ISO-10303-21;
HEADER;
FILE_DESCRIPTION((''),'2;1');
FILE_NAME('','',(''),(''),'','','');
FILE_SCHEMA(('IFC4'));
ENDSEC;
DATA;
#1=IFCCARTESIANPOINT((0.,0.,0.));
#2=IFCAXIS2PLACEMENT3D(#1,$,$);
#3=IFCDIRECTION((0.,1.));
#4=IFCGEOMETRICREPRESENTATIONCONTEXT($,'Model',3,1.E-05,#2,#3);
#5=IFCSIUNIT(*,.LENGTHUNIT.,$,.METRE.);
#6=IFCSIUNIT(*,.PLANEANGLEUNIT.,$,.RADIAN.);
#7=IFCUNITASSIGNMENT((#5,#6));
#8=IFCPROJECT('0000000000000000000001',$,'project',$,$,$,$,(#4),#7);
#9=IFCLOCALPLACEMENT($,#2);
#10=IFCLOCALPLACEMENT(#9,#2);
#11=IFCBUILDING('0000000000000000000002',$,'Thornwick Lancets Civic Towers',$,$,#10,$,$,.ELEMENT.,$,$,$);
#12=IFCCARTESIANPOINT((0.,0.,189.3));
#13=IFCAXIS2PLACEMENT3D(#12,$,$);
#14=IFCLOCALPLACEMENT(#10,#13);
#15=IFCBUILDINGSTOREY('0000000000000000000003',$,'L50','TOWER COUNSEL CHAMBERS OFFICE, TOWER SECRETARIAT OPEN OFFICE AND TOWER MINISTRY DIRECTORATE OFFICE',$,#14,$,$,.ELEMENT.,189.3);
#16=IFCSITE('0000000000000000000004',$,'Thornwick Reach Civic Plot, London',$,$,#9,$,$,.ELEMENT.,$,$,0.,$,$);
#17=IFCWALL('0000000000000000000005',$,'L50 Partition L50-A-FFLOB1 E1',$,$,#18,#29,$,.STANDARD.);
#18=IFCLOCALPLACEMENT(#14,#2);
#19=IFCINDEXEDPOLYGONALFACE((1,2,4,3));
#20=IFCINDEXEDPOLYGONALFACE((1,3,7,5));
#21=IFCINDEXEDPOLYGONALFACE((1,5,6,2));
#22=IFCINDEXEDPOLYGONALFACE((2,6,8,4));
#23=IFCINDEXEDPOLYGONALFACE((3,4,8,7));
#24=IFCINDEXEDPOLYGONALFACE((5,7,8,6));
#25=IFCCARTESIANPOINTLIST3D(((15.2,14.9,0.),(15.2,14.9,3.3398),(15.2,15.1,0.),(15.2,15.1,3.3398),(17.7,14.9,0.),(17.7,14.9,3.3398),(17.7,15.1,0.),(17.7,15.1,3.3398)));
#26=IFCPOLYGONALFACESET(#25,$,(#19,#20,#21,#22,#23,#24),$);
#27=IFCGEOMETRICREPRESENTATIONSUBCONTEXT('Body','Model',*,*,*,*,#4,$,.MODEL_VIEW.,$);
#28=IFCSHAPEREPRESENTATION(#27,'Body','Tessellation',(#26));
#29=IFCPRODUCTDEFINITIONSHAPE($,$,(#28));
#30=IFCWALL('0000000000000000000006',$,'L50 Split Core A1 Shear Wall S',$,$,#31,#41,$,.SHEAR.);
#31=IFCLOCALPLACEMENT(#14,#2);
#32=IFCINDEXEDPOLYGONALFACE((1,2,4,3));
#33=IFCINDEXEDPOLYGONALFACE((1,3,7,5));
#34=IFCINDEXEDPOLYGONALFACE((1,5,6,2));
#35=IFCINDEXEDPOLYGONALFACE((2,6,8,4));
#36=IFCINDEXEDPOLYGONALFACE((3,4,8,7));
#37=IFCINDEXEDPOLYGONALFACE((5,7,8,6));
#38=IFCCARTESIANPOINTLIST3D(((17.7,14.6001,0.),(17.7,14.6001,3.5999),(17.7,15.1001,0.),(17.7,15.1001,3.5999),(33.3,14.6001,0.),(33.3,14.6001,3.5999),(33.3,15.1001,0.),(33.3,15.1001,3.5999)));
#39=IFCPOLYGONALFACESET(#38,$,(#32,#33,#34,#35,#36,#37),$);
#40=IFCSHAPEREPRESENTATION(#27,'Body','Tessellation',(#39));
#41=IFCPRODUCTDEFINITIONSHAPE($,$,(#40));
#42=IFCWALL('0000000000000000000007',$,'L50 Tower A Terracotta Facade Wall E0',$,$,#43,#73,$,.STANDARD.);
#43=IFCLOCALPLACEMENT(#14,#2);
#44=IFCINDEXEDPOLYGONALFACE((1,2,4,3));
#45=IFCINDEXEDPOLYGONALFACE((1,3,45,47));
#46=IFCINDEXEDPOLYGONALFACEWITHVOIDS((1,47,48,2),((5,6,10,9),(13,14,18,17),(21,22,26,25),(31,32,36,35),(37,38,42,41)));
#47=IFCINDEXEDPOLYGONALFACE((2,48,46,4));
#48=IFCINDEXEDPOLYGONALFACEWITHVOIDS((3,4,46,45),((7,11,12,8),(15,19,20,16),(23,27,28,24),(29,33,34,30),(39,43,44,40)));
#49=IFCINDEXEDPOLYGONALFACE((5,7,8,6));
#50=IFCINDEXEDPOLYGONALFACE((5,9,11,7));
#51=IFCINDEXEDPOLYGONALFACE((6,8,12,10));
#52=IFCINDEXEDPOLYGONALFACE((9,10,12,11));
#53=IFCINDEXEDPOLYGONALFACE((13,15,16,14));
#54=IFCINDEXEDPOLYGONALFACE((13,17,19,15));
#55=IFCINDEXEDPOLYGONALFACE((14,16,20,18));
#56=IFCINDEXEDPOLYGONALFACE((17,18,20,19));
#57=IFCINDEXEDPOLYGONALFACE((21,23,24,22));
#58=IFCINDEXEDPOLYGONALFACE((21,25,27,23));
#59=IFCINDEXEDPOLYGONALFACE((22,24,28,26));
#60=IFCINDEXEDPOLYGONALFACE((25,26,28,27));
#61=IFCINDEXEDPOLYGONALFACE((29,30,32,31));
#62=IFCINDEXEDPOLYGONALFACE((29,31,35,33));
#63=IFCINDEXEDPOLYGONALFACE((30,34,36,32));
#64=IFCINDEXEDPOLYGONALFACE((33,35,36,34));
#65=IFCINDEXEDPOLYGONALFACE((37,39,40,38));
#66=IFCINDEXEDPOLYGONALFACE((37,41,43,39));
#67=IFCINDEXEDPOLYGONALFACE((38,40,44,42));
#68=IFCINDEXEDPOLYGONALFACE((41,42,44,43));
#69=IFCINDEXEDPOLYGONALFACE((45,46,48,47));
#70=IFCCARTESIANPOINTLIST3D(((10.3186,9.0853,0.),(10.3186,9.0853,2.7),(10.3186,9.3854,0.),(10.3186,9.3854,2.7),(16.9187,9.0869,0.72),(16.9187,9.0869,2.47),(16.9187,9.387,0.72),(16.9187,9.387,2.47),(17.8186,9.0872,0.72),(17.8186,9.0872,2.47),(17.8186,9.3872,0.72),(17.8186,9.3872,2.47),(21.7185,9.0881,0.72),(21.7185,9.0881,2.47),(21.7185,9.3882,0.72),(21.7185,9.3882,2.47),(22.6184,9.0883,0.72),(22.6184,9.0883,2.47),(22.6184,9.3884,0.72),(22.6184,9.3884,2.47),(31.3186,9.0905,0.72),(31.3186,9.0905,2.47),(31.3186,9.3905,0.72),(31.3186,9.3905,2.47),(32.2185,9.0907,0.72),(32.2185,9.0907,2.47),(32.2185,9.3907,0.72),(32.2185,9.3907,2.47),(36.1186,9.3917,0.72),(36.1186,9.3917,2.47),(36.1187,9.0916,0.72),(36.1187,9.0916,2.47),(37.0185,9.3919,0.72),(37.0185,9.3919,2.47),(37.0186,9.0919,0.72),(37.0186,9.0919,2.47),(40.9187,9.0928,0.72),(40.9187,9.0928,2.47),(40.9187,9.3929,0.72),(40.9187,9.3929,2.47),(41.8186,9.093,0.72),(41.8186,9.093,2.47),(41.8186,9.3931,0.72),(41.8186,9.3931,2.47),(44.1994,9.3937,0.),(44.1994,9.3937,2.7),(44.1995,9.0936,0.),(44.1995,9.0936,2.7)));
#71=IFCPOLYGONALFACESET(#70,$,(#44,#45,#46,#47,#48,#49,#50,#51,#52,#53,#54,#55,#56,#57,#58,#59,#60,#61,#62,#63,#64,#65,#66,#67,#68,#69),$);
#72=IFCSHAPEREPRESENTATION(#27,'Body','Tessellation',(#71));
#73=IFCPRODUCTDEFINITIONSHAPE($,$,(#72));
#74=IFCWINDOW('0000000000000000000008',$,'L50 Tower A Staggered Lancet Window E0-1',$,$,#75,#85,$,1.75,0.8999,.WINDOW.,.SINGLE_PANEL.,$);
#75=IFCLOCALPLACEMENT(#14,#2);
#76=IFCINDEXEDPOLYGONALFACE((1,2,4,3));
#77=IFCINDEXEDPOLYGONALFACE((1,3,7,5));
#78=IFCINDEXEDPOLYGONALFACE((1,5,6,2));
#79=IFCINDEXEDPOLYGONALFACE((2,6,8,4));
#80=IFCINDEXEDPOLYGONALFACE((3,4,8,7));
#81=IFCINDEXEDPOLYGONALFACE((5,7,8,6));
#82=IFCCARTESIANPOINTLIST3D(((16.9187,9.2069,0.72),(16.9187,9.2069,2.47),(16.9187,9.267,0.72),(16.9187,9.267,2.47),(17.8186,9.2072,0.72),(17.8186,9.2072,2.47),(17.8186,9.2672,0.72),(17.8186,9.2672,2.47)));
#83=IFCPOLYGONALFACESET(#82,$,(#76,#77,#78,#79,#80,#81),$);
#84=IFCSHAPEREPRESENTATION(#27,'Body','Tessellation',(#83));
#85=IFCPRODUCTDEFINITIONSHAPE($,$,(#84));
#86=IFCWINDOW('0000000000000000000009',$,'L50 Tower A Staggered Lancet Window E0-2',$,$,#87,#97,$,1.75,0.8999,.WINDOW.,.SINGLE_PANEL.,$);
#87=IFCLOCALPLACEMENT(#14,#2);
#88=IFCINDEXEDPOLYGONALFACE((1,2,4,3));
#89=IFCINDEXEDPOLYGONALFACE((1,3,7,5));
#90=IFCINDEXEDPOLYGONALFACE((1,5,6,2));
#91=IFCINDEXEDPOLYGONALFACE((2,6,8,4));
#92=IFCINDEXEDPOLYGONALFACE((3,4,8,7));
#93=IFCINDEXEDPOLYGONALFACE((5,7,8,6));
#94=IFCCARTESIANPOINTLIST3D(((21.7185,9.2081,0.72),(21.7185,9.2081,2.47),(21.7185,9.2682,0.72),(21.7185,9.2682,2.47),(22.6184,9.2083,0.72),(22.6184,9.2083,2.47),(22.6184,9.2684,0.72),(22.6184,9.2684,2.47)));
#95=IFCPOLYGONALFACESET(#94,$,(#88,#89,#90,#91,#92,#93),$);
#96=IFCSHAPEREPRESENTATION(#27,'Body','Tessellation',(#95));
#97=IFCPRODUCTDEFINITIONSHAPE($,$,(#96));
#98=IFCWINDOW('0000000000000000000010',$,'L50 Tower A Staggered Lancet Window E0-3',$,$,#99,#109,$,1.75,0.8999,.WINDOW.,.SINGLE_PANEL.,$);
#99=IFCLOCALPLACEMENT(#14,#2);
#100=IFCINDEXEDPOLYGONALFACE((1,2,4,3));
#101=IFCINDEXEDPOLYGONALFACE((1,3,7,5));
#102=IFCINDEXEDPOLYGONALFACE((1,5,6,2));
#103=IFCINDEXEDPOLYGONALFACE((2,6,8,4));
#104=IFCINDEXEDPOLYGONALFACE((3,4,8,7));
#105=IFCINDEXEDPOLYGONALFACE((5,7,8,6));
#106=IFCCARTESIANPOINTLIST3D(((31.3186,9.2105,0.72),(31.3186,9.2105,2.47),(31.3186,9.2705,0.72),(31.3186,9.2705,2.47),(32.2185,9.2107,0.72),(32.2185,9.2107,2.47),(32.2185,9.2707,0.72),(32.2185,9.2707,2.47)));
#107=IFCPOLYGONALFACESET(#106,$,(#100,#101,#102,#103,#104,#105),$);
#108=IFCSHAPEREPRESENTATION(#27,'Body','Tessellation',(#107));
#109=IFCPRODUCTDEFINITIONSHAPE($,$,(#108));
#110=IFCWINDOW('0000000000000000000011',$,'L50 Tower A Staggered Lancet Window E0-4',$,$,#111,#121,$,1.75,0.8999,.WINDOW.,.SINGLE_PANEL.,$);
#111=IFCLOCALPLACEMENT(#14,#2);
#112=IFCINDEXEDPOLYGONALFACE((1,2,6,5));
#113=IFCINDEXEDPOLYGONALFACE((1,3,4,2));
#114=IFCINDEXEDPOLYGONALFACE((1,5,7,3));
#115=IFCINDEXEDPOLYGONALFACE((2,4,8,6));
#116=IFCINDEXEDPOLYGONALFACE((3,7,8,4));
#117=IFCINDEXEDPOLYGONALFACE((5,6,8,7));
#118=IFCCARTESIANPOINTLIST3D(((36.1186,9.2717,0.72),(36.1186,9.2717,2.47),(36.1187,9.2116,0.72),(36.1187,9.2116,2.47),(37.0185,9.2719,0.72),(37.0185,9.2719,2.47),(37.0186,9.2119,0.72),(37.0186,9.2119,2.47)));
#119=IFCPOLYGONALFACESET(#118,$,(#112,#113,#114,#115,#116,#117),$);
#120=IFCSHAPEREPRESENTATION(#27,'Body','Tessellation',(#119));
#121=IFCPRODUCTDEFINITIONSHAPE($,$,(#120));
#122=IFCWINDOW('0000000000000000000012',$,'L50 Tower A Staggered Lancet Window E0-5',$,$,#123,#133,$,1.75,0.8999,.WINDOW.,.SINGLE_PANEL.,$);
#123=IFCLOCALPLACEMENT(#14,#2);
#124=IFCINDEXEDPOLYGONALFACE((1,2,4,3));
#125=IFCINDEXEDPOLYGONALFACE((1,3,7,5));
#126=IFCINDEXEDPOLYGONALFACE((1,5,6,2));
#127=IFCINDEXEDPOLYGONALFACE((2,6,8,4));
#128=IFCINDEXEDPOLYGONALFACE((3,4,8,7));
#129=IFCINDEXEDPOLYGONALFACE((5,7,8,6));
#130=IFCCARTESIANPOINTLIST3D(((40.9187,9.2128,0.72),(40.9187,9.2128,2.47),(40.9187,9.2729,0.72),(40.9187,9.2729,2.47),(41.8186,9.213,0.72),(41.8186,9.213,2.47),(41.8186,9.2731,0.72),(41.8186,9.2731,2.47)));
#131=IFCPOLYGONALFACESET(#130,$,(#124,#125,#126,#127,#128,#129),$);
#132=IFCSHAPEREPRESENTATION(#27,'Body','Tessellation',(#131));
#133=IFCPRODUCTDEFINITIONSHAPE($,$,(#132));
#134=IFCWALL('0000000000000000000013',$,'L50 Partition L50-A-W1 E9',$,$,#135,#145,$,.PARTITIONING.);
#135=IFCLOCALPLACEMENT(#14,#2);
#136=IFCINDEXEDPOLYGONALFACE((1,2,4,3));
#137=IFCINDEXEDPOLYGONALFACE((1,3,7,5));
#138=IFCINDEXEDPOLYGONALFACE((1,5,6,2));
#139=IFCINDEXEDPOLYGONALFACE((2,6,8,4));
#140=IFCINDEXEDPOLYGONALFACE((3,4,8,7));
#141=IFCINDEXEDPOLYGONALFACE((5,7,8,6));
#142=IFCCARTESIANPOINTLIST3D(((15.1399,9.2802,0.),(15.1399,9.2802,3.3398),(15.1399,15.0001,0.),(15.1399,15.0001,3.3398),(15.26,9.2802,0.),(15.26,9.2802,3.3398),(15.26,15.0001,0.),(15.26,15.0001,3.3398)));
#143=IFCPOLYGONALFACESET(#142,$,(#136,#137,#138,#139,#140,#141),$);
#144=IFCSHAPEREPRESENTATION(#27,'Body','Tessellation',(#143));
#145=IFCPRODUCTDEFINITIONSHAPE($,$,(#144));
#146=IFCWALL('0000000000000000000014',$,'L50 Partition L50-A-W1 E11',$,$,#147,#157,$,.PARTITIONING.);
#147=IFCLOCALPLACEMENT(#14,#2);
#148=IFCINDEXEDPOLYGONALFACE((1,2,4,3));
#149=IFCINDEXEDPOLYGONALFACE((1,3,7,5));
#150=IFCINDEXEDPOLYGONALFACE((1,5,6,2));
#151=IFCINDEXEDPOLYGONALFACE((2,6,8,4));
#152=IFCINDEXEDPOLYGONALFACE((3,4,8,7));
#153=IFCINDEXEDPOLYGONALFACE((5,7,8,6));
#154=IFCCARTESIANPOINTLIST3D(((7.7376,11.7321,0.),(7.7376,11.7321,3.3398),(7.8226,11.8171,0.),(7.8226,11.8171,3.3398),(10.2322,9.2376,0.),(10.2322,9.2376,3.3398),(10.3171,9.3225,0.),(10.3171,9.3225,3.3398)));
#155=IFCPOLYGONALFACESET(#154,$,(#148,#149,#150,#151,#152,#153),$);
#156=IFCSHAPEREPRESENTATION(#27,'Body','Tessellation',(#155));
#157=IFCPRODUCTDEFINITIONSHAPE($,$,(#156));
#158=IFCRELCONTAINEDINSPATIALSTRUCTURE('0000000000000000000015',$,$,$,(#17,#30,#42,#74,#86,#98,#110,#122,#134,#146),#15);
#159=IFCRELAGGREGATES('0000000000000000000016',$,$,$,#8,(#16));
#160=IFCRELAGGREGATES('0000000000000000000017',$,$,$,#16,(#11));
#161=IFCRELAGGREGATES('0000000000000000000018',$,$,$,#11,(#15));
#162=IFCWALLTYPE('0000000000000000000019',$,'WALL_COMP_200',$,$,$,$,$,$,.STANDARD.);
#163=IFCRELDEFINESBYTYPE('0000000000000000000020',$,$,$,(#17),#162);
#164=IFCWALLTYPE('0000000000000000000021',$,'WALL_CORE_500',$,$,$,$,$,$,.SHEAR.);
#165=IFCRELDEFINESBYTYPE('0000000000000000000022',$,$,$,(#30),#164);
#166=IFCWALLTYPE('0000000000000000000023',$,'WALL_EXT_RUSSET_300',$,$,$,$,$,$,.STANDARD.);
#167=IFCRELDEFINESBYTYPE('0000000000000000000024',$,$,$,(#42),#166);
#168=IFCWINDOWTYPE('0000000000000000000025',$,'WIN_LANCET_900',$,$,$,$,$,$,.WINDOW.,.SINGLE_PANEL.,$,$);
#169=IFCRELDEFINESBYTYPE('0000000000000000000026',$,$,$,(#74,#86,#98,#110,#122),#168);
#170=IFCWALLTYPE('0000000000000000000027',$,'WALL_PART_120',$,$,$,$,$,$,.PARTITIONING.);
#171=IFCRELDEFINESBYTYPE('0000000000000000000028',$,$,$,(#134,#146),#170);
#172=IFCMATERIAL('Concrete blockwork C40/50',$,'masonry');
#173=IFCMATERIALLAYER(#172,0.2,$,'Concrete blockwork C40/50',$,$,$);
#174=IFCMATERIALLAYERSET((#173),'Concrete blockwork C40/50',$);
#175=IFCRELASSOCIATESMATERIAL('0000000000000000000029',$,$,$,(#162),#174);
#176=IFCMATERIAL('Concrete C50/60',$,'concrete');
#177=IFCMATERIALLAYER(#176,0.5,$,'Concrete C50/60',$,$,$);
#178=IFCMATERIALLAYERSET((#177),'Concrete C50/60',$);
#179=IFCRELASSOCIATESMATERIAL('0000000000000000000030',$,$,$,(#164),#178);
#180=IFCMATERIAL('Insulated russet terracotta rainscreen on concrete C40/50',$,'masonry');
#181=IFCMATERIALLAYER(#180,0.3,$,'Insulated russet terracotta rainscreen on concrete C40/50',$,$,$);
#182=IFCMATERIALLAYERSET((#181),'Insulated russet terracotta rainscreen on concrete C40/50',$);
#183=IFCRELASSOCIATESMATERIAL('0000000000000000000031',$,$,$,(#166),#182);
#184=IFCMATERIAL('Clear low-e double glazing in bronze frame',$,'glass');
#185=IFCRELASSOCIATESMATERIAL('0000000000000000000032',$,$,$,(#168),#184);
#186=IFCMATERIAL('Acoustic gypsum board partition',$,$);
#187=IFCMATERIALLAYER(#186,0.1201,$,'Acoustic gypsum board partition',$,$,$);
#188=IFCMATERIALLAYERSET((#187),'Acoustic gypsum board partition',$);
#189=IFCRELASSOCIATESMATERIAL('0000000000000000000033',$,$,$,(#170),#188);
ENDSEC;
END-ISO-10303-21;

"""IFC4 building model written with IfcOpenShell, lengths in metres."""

from ifc_helpers import new_model, si_unit, direction, frame, frame_2d, origin, place, context, subcontext, project, spatial, rectangle, extrude, material, layer, layer_set, type_object, element, fill, save


model = new_model("IFC4")

# Units and contexts
model_context = context("Model", 3, precision=1e-05, world=origin(), true_north=direction((0.0, 1.0)))
body_context = subcontext(model_context, "Body", "Model", "MODEL_VIEW")
ifc_project = project(units=[si_unit("LENGTHUNIT", "METRE"), si_unit("PLANEANGLEUNIT", "RADIAN")], contexts=[model_context])

# Site, building, storey
site_placement = place(None, origin())
site = spatial("IfcSite", under=ifc_project, at=site_placement, Name="Thornwick Reach Civic Plot, London", CompositionType="ELEMENT", RefElevation=0.0)
building_placement = place(site_placement, origin())
building = spatial("IfcBuilding", under=site, at=building_placement, Name="Thornwick Lancets Civic Towers", CompositionType="ELEMENT")
storey_placement = place(building_placement, frame((0.0, 0.0, 189.3)))
storey = spatial("IfcBuildingStorey", under=building, at=storey_placement, Name="L50", Description="TOWER COUNSEL CHAMBERS OFFICE, TOWER SECRETARIAT OPEN OFFICE AND TOWER MINISTRY DIRECTORATE OFFICE", CompositionType="ELEMENT", Elevation=189.3)

# Shared definitions
ifc_material_1 = material(Name="Concrete C50/60", Category="concrete")

# Walls
ifc_material_2 = material(Name="Concrete blockwork C40/50", Category="masonry")
ifc_layer_1 = layer(ifc_material_2, 0.2, Name="Concrete blockwork C40/50")
ifc_layer_set_1 = layer_set([ifc_layer_1], Name="Concrete blockwork C40/50")
wall_type_1 = type_object("IfcWallType", Name="WALL_COMP_200", PredefinedType="STANDARD", material=ifc_layer_set_1)
wall_1_placement = place(storey_placement, frame((15.2, 15.0, 0.0), z_axis=(0.0, 0.0, 1.0), x_axis=(1.0, 0.0, 0.0)))
element("IfcWall", 1, at=wall_1_placement, inside=storey, type_object=wall_type_1, Name="L50 Partition L50-A-FFLOB1 E1", PredefinedType="STANDARD", context=body_context, shape_type="SweptSolid", body=[
    extrude(rectangle(XDim=2.5, YDim=0.2, at=frame_2d((1.25, 0.0))), origin(), (0.0, 0.0, 1.0), 3.3398),
])
ifc_layer_2 = layer(ifc_material_1, 0.5, Name="Concrete C50/60")
ifc_layer_set_2 = layer_set([ifc_layer_2], Name="Concrete C50/60")
wall_type_2 = type_object("IfcWallType", Name="WALL_CORE_500", PredefinedType="SHEAR", material=ifc_layer_set_2)
wall_2_placement = place(storey_placement, frame((17.7, 14.8501, 0.0), z_axis=(0.0, 0.0, 1.0), x_axis=(1.0, 0.0, 0.0)))
element("IfcWall", 2, at=wall_2_placement, inside=storey, type_object=wall_type_2, Name="L50 Split Core A1 Shear Wall S", PredefinedType="SHEAR", context=body_context, shape_type="SweptSolid", body=[
    extrude(rectangle(XDim=15.6001, YDim=0.5, at=frame_2d((7.8, 0.0))), origin(), (0.0, 0.0, 1.0), 3.5999),
])

# Wall, openings, windows
ifc_material_3 = material(Name="Insulated russet terracotta rainscreen on concrete C40/50", Category="masonry")
ifc_layer_3 = layer(ifc_material_3, 0.3, Name="Insulated russet terracotta rainscreen on concrete C40/50")
ifc_layer_set_3 = layer_set([ifc_layer_3], Name="Insulated russet terracotta rainscreen on concrete C40/50")
wall_type_3 = type_object("IfcWallType", Name="WALL_EXT_RUSSET_300", PredefinedType="STANDARD", material=ifc_layer_set_3)
wall_3_placement = place(storey_placement, frame((10.3186, 9.2354, 0.0), z_axis=(0.0, 0.0, 1.0), x_axis=(1.0, 0.000245, 0.0)))
wall_3 = element("IfcWall", 3, at=wall_3_placement, inside=storey, type_object=wall_type_3, Name="L50 Tower A Terracotta Facade Wall E0", PredefinedType="STANDARD", context=body_context, shape_type="SweptSolid", body=[
    extrude(rectangle(XDim=33.8809, YDim=0.3, at=frame_2d((16.9404, 0.0))), origin(), (0.0, 0.0, 1.0), 2.7),
])
opening_1_placement = place(wall_3_placement, frame((6.6001, 0.0, 0.72)))
opening_1 = element("IfcOpeningElement", 4, at=opening_1_placement, cuts=wall_3, PredefinedType="OPENING", context=body_context, shape_type="SweptSolid", body=[
    extrude(rectangle(XDim=0.8999, YDim=1.75, at=frame_2d((0.45, 0.875))), frame((0.0, 0.1602, 0.0), z_axis=(0.0, -1.0, 0.0), x_axis=(1.0, 0.0, 0.0)), (0.0, 0.0, 1.0), 0.3201),
])
opening_2_placement = place(wall_3_placement, frame((11.3999, 0.0, 0.72)))
opening_2 = element("IfcOpeningElement", 5, at=opening_2_placement, cuts=wall_3, PredefinedType="OPENING", context=body_context, shape_type="SweptSolid", body=[
    extrude(rectangle(XDim=0.8999, YDim=1.75, at=frame_2d((0.45, 0.875))), frame((0.0, 0.1602, 0.0), z_axis=(0.0, -1.0, 0.0), x_axis=(1.0, 0.0, 0.0)), (0.0, 0.0, 1.0), 0.3201),
])
opening_3_placement = place(wall_3_placement, frame((21.0, 0.0, 0.72)))
opening_3 = element("IfcOpeningElement", 6, at=opening_3_placement, cuts=wall_3, PredefinedType="OPENING", context=body_context, shape_type="SweptSolid", body=[
    extrude(rectangle(XDim=0.8999, YDim=1.75, at=frame_2d((0.45, 0.875))), frame((0.0, 0.1602, 0.0), z_axis=(0.0, -1.0, 0.0), x_axis=(1.0, 0.0, 0.0)), (0.0, 0.0, 1.0), 0.3201),
])
opening_4_placement = place(wall_3_placement, frame((25.8, 0.0, 0.72)))
opening_4 = element("IfcOpeningElement", 7, at=opening_4_placement, cuts=wall_3, PredefinedType="OPENING", context=body_context, shape_type="SweptSolid", body=[
    extrude(rectangle(XDim=0.8999, YDim=1.75, at=frame_2d((0.45, 0.875))), frame((0.0, 0.1602, 0.0), z_axis=(0.0, -1.0, 0.0), x_axis=(1.0, 0.0, 0.0)), (0.0, 0.0, 1.0), 0.3201),
])
opening_5_placement = place(wall_3_placement, frame((30.6001, 0.0, 0.72)))
opening_5 = element("IfcOpeningElement", 8, at=opening_5_placement, cuts=wall_3, PredefinedType="OPENING", context=body_context, shape_type="SweptSolid", body=[
    extrude(rectangle(XDim=0.8999, YDim=1.75, at=frame_2d((0.45, 0.875))), frame((0.0, 0.1602, 0.0), z_axis=(0.0, -1.0, 0.0), x_axis=(1.0, 0.0, 0.0)), (0.0, 0.0, 1.0), 0.3201),
])
ifc_material_4 = material(Name="Clear low-e double glazing in bronze frame", Category="glass")
window_type = type_object("IfcWindowType", Name="WIN_LANCET_900", PartitioningType="SINGLE_PANEL", PredefinedType="WINDOW", material=ifc_material_4)
window_1_placement = place(opening_1_placement, origin())
window_1 = element("IfcWindow", 9, at=window_1_placement, inside=storey, type_object=window_type, Name="L50 Tower A Staggered Lancet Window E0-1", OverallHeight=1.75, OverallWidth=0.8999, PartitioningType="SINGLE_PANEL", PredefinedType="WINDOW", context=body_context, shape_type="SweptSolid", body=[
    extrude(rectangle(XDim=0.8999, YDim=1.75, at=frame_2d((0.45, 0.875))), frame((0.0, 0.03, 0.0), z_axis=(0.0, -1.0, 0.0), x_axis=(1.0, 0.0, 0.0)), (0.0, 0.0, 1.0), 0.0601),
])
fill(opening_1, window_1)
window_2_placement = place(opening_2_placement, origin())
window_2 = element("IfcWindow", 10, at=window_2_placement, inside=storey, type_object=window_type, Name="L50 Tower A Staggered Lancet Window E0-2", OverallHeight=1.75, OverallWidth=0.8999, PartitioningType="SINGLE_PANEL", PredefinedType="WINDOW", context=body_context, shape_type="SweptSolid", body=[
    extrude(rectangle(XDim=0.8999, YDim=1.75, at=frame_2d((0.45, 0.875))), frame((0.0, 0.03, 0.0), z_axis=(0.0, -1.0, 0.0), x_axis=(1.0, 0.0, 0.0)), (0.0, 0.0, 1.0), 0.0601),
])
fill(opening_2, window_2)
window_3_placement = place(opening_3_placement, origin())
window_3 = element("IfcWindow", 11, at=window_3_placement, inside=storey, type_object=window_type, Name="L50 Tower A Staggered Lancet Window E0-3", OverallHeight=1.75, OverallWidth=0.8999, PartitioningType="SINGLE_PANEL", PredefinedType="WINDOW", context=body_context, shape_type="SweptSolid", body=[
    extrude(rectangle(XDim=0.8999, YDim=1.75, at=frame_2d((0.45, 0.875))), frame((0.0, 0.03, 0.0), z_axis=(0.0, -1.0, 0.0), x_axis=(1.0, 0.0, 0.0)), (0.0, 0.0, 1.0), 0.0601),
])
fill(opening_3, window_3)
window_4_placement = place(opening_4_placement, origin())
window_4 = element("IfcWindow", 12, at=window_4_placement, inside=storey, type_object=window_type, Name="L50 Tower A Staggered Lancet Window E0-4", OverallHeight=1.75, OverallWidth=0.8999, PartitioningType="SINGLE_PANEL", PredefinedType="WINDOW", context=body_context, shape_type="SweptSolid", body=[
    extrude(rectangle(XDim=0.8999, YDim=1.75, at=frame_2d((0.45, 0.875))), frame((0.0, 0.03, 0.0), z_axis=(0.0, -1.0, 0.0), x_axis=(1.0, 0.0, 0.0)), (0.0, 0.0, 1.0), 0.0601),
])
fill(opening_4, window_4)
window_5_placement = place(opening_5_placement, origin())
window_5 = element("IfcWindow", 13, at=window_5_placement, inside=storey, type_object=window_type, Name="L50 Tower A Staggered Lancet Window E0-5", OverallHeight=1.75, OverallWidth=0.8999, PartitioningType="SINGLE_PANEL", PredefinedType="WINDOW", context=body_context, shape_type="SweptSolid", body=[
    extrude(rectangle(XDim=0.8999, YDim=1.75, at=frame_2d((0.45, 0.875))), frame((0.0, 0.03, 0.0), z_axis=(0.0, -1.0, 0.0), x_axis=(1.0, 0.0, 0.0)), (0.0, 0.0, 1.0), 0.0601),
])
fill(opening_5, window_5)

# Walls
ifc_material_5 = material(Name="Acoustic gypsum board partition")
ifc_layer_4 = layer(ifc_material_5, 0.1201, Name="Acoustic gypsum board partition")
ifc_layer_set_4 = layer_set([ifc_layer_4], Name="Acoustic gypsum board partition")
wall_type_4 = type_object("IfcWallType", Name="WALL_PART_120", PredefinedType="PARTITIONING", material=ifc_layer_set_4)
wall_4_placement = place(storey_placement, frame((15.2, 15.0, 0.0), z_axis=(0.0, 0.0, 1.0), x_axis=(0.0, -1.0, 0.0)))
element("IfcWall", 14, at=wall_4_placement, inside=storey, type_object=wall_type_4, Name="L50 Partition L50-A-W1 E9", PredefinedType="PARTITIONING", context=body_context, shape_type="SweptSolid", body=[
    extrude(rectangle(XDim=5.72, YDim=0.1201, at=frame_2d((2.8599, 0.0))), origin(), (0.0, 0.0, 1.0), 3.3398),
])
wall_5_placement = place(storey_placement, frame((10.2747, 9.28, 0.0), z_axis=(0.0, 0.0, 1.0), x_axis=(-0.707107, 0.707107, 0.0)))
element("IfcWall", 15, at=wall_5_placement, inside=storey, type_object=wall_type_4, Name="L50 Partition L50-A-W1 E11", PredefinedType="PARTITIONING", context=body_context, shape_type="SweptSolid", body=[
    extrude(rectangle(XDim=3.5278, YDim=0.1201, at=frame_2d((1.7639, 0.0))), origin(), (0.0, 0.0, 1.0), 3.3398),
])

save(model, "model.ifc")
